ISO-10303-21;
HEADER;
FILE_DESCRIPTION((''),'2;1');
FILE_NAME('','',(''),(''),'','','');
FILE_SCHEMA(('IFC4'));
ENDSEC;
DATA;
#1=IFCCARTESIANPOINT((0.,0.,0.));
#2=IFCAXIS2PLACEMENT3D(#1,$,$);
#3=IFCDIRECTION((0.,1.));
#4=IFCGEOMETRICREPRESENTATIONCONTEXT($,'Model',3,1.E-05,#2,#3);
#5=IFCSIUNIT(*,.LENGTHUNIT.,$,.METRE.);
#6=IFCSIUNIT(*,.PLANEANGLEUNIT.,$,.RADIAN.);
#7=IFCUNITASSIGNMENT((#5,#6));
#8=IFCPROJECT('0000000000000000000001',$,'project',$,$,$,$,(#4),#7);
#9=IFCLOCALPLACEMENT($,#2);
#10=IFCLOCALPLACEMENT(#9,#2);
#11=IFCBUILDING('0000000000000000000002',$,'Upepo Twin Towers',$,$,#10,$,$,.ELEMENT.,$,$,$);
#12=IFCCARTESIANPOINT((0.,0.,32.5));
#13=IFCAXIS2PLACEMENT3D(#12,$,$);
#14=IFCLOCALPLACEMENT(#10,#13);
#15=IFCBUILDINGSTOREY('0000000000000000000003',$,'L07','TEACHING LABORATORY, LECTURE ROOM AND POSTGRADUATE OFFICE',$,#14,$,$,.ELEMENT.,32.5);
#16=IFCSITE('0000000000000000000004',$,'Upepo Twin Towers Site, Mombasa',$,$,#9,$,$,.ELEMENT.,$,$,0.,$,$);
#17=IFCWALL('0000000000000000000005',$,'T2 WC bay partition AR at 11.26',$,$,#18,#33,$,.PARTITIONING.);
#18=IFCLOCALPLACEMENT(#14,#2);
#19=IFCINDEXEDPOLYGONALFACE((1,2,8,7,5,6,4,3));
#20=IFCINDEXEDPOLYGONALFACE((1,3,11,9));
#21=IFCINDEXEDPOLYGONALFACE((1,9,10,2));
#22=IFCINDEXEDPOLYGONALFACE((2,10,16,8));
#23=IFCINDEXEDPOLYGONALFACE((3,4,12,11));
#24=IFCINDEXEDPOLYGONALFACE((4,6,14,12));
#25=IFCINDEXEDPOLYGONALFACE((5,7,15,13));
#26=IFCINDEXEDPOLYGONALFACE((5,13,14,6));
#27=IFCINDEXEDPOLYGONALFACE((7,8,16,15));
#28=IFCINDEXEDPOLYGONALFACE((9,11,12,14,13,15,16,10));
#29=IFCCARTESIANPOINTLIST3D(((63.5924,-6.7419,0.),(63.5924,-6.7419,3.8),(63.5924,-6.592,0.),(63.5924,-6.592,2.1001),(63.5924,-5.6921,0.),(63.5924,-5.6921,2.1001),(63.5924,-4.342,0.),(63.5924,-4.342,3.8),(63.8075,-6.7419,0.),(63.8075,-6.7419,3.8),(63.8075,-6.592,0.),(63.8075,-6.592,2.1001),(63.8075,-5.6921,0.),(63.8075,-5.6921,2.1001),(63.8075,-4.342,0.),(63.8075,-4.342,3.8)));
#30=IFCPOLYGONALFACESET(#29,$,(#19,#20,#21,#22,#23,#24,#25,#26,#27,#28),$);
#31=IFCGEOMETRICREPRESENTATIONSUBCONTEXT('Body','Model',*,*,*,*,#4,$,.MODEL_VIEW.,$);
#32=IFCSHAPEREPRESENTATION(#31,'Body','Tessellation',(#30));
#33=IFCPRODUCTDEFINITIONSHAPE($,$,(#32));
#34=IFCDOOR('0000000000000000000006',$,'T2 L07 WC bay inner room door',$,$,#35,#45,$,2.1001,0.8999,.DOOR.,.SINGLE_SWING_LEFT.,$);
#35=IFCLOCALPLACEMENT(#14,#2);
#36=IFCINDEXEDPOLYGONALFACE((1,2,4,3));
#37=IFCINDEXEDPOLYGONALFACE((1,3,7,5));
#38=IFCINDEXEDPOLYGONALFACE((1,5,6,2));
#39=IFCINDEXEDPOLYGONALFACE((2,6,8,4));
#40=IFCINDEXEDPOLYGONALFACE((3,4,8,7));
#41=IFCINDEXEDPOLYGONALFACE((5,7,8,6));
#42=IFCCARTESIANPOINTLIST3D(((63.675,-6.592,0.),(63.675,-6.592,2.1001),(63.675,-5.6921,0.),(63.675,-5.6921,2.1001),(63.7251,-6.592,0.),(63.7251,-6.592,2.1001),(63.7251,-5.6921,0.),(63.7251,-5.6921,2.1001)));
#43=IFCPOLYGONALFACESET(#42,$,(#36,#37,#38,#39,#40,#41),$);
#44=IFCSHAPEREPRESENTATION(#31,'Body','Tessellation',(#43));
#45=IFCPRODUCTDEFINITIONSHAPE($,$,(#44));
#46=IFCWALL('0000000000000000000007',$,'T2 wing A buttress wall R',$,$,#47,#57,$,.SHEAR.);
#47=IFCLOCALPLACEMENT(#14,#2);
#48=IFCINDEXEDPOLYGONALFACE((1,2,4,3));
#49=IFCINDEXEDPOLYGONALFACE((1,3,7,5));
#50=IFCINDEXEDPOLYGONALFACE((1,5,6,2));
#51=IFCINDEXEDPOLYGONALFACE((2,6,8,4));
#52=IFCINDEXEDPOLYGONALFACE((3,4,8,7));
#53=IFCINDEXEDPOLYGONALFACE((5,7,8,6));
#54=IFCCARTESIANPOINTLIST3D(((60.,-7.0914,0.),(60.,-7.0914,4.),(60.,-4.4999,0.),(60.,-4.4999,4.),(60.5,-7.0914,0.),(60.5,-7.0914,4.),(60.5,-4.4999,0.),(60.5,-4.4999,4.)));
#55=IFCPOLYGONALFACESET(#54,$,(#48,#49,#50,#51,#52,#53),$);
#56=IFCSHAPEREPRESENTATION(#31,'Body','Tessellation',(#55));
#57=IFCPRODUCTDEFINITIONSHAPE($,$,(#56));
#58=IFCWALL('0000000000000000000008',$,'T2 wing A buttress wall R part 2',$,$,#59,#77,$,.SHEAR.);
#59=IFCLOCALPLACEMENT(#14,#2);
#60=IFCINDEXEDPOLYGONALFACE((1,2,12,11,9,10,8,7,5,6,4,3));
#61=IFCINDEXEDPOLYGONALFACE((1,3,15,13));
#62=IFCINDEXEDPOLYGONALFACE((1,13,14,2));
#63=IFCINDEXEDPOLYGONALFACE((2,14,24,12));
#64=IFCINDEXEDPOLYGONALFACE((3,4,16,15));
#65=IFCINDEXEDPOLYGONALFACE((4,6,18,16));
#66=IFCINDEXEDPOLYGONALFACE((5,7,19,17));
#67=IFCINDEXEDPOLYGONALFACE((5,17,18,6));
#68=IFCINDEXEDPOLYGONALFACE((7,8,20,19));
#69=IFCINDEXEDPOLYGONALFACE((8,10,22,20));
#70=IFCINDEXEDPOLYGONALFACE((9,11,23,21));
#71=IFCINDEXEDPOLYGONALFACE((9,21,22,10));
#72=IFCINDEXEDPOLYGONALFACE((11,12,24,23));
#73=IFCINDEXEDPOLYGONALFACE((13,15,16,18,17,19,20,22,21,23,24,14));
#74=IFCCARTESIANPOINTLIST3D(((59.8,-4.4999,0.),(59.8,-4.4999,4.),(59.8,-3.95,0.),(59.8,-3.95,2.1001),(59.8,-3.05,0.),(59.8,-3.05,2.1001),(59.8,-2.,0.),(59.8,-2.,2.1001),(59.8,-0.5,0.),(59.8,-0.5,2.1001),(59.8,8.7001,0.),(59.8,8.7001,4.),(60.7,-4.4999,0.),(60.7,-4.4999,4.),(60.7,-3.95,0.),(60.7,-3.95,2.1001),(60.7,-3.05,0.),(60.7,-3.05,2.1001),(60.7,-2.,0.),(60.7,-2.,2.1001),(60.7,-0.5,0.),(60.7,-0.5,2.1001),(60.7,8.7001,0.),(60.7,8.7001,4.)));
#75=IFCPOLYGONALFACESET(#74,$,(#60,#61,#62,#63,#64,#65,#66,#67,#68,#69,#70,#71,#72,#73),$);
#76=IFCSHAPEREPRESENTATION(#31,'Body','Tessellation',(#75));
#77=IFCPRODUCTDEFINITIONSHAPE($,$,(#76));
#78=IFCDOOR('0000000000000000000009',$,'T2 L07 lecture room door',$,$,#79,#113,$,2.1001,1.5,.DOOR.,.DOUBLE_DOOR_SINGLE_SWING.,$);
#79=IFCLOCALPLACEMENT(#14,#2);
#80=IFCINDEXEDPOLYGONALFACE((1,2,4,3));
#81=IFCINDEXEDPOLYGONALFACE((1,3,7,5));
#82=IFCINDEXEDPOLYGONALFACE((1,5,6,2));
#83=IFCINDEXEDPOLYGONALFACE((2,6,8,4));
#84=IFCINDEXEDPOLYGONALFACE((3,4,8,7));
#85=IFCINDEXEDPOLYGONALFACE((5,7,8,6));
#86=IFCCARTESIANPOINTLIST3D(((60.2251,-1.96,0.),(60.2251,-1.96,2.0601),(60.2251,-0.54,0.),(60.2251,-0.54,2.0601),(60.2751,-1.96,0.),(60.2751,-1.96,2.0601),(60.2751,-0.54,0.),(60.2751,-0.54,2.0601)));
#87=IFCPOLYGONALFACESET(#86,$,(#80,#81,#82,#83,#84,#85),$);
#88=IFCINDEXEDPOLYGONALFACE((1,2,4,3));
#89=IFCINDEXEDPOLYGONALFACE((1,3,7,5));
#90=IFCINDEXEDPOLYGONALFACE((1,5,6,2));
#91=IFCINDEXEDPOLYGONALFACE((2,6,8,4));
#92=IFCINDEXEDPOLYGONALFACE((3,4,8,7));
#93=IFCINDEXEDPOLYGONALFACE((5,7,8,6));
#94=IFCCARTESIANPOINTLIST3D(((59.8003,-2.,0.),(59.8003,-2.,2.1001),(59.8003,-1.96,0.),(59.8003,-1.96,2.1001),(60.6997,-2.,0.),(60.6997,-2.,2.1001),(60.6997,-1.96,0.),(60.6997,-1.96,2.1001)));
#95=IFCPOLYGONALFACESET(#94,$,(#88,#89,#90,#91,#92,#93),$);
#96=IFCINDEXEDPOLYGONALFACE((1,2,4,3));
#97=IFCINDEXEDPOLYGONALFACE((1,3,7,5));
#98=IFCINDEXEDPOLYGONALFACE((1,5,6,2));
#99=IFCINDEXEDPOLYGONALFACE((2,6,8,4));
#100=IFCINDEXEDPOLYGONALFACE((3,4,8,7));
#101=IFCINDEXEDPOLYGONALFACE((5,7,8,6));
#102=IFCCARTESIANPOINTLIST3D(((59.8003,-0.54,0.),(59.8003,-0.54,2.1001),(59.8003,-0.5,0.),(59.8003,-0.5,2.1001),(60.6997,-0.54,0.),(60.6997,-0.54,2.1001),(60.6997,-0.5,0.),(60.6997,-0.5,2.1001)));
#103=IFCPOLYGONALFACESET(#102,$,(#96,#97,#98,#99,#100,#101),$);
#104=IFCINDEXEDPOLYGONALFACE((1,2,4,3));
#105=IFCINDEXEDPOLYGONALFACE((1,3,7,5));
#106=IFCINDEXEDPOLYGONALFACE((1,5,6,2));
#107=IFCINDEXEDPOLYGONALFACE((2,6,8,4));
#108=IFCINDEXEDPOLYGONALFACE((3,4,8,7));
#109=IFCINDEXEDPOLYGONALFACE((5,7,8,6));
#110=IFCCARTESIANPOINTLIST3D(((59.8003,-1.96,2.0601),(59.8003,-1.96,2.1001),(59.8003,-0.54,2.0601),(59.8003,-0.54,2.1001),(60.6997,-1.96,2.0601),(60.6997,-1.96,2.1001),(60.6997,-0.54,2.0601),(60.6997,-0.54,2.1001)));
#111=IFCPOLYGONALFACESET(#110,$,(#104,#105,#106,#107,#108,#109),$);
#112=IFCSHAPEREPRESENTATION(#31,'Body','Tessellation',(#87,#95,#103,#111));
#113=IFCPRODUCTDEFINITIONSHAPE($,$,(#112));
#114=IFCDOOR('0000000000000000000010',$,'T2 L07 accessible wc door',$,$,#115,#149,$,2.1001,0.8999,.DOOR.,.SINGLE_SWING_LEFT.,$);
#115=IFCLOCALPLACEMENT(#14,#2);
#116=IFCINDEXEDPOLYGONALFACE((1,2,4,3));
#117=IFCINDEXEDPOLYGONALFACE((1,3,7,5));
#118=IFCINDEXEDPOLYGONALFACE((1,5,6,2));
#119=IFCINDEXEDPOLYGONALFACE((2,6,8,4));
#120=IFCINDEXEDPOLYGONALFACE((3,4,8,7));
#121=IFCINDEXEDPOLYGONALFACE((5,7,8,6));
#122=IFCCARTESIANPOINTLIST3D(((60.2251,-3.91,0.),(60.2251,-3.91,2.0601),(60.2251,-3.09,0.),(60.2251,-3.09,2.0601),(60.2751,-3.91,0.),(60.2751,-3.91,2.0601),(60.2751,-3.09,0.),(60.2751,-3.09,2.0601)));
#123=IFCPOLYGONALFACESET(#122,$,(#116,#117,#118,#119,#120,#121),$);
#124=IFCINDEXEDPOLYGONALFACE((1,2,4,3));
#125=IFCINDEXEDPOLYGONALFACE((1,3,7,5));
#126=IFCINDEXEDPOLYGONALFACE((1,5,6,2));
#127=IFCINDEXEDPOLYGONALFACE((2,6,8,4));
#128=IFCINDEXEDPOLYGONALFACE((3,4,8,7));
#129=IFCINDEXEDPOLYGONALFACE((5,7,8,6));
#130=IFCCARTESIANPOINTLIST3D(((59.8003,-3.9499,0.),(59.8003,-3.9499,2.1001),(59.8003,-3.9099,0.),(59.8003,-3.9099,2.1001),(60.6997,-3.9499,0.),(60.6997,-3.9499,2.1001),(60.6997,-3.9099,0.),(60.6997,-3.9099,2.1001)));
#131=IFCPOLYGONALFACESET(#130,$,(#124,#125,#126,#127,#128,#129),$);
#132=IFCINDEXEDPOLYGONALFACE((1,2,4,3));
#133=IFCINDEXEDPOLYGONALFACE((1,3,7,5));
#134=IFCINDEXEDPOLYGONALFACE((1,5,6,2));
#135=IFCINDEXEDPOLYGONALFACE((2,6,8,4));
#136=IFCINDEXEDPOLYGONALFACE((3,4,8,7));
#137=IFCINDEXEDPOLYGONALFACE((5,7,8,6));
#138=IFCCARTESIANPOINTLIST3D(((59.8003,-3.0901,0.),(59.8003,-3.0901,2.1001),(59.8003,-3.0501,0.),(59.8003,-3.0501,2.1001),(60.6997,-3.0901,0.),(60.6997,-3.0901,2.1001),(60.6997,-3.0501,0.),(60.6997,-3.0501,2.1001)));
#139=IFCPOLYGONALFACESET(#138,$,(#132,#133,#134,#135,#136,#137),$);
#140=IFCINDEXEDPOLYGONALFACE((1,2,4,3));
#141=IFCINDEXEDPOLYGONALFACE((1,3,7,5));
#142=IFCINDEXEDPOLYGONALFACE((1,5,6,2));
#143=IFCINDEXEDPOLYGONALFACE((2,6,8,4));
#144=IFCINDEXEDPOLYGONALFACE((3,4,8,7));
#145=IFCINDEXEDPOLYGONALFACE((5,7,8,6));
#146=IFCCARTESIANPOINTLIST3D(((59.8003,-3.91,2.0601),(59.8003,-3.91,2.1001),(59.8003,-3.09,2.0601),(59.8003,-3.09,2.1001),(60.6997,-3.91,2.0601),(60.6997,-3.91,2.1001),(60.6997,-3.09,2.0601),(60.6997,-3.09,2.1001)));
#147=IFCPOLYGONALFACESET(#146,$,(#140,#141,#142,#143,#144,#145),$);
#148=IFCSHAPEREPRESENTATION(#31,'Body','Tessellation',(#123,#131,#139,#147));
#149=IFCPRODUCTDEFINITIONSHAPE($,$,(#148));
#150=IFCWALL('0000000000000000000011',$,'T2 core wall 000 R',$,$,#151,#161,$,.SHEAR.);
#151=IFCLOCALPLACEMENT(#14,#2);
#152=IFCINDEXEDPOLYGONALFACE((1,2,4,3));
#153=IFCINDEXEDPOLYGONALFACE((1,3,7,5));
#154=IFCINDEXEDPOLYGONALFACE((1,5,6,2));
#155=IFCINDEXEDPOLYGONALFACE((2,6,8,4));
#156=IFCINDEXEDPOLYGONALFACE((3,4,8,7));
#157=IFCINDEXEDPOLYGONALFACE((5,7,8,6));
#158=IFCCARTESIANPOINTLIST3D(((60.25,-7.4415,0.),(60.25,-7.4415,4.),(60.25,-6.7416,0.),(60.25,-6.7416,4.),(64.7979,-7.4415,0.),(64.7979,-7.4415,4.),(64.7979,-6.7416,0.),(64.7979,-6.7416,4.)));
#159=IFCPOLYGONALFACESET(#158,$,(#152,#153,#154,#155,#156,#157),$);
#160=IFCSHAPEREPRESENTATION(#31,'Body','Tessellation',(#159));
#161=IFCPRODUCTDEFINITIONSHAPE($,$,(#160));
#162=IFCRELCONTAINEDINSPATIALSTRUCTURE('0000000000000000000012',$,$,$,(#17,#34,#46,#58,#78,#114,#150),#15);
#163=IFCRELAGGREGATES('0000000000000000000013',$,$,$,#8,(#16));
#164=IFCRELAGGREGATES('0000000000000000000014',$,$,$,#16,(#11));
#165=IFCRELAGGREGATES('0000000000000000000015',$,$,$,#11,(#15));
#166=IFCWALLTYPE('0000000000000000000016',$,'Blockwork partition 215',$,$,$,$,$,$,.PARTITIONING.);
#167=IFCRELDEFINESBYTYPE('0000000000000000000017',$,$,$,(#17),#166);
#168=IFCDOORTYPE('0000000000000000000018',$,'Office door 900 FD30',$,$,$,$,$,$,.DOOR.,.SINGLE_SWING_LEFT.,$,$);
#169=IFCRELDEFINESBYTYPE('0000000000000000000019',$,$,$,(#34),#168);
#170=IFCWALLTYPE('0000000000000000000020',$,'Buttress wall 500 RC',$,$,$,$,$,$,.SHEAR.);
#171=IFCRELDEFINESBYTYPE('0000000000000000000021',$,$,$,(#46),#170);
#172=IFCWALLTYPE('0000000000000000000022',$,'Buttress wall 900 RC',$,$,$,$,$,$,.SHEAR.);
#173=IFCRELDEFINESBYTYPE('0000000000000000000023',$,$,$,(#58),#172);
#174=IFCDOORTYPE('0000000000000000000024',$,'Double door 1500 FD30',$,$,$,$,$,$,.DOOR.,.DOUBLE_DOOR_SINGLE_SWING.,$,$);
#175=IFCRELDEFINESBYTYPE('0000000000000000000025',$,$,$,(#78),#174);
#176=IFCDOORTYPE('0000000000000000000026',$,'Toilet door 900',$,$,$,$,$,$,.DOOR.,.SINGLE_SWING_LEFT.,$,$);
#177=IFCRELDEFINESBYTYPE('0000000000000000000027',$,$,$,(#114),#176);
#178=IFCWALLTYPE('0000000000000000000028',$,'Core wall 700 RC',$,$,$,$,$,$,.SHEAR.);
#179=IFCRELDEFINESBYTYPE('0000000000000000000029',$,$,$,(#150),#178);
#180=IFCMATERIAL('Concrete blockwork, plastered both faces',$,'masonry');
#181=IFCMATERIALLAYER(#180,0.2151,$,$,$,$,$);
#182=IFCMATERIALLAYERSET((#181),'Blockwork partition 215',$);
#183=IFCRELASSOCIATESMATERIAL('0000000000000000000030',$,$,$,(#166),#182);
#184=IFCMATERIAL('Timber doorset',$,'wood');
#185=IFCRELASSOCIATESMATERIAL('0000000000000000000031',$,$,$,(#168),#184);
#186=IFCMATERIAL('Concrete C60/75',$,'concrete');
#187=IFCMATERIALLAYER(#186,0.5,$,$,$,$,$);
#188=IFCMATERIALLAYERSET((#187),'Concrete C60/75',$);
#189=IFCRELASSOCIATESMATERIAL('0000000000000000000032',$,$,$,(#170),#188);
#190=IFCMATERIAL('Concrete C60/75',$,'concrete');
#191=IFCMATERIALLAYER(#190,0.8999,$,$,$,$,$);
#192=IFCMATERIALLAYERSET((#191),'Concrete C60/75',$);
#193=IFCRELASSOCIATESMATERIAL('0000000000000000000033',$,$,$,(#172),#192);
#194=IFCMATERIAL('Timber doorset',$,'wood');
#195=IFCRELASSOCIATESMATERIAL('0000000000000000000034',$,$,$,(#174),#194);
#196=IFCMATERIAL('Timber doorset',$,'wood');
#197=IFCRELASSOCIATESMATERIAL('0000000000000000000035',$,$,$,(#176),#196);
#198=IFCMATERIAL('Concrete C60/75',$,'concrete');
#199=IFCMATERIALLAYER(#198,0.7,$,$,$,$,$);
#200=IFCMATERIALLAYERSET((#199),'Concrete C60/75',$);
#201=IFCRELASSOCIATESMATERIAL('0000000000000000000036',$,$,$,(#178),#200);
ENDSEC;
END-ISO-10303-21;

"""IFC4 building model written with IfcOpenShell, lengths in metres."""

from ifc_helpers import new_model, si_unit, direction, frame, frame_2d, origin, place, context, subcontext, project, spatial, rectangle, extrude, material, layer, layer_set, type_object, element, fill, save


model = new_model("IFC4")

# Units and contexts
model_context = context("Model", 3, precision=1e-05, world=origin(), true_north=direction((0.0, 1.0)))
body_context = subcontext(model_context, "Body", "Model", "MODEL_VIEW")
ifc_project = project(units=[si_unit("LENGTHUNIT", "METRE"), si_unit("PLANEANGLEUNIT", "RADIAN")], contexts=[model_context])

# Site, building, storey
site_placement = place(None, origin())
site = spatial("IfcSite", under=ifc_project, at=site_placement, Name="Upepo Twin Towers Site, Mombasa", CompositionType="ELEMENT", RefElevation=0.0)
building_placement = place(site_placement, origin())
building = spatial("IfcBuilding", under=site, at=building_placement, Name="Upepo Twin Towers", CompositionType="ELEMENT")
storey_placement = place(building_placement, frame((0.0, 0.0, 32.5)))
storey = spatial("IfcBuildingStorey", under=building, at=storey_placement, Name="L07", Description="TEACHING LABORATORY, LECTURE ROOM AND POSTGRADUATE OFFICE", CompositionType="ELEMENT", Elevation=32.5)

# Wall, opening, door
ifc_material_1 = material(Name="Concrete blockwork, plastered both faces", Category="masonry")
ifc_layer_1 = layer(ifc_material_1, 0.2151)
ifc_layer_set_1 = layer_set([ifc_layer_1], Name="Blockwork partition 215")
wall_type_1 = type_object("IfcWallType", Name="Blockwork partition 215", PredefinedType="PARTITIONING", material=ifc_layer_set_1)
wall_1_placement = place(storey_placement, frame((63.7, -6.7419, 0.0), z_axis=(0.0, 0.0, 1.0), x_axis=(0.0, 1.0, 0.0)))
wall_1 = element("IfcWall", 1, at=wall_1_placement, inside=storey, type_object=wall_type_1, Name="T2 WC bay partition AR at 11.26", PredefinedType="PARTITIONING", context=body_context, shape_type="SweptSolid", body=[
    extrude(rectangle(XDim=2.3999, YDim=0.2151, at=frame_2d((1.2, 0.0))), origin(), (0.0, 0.0, 1.0), 3.8),
])
opening_1_placement = place(wall_1_placement, frame((0.1499, 0.0, 0.0)))
opening_1 = element("IfcOpeningElement", 2, at=opening_1_placement, cuts=wall_1, PredefinedType="OPENING", context=body_context, shape_type="SweptSolid", body=[
    extrude(rectangle(XDim=0.8999, YDim=2.1001, at=frame_2d((0.45, 1.05))), frame((0.0, 0.1174, 0.0), z_axis=(0.0, -1.0, 0.0), x_axis=(1.0, 0.0, 0.0)), (0.0, 0.0, 1.0), 0.2351),
])
ifc_material_2 = material(Name="Timber doorset", Category="wood")
door_type_1 = type_object("IfcDoorType", Name="Office door 900 FD30", OperationType="SINGLE_SWING_LEFT", PredefinedType="DOOR", material=ifc_material_2)
door_1_placement = place(opening_1_placement, origin())
door_1 = element("IfcDoor", 3, at=door_1_placement, inside=storey, type_object=door_type_1, Name="T2 L07 WC bay inner room door", OperationType="SINGLE_SWING_LEFT", OverallHeight=2.1001, OverallWidth=0.8999, PredefinedType="DOOR", context=body_context, shape_type="SweptSolid", body=[
    extrude(rectangle(XDim=0.8999, YDim=2.1001, at=frame_2d((0.45, 1.05))), frame((0.0, 0.0249, 0.0), z_axis=(0.0, -1.0, 0.0), x_axis=(1.0, 0.0, 0.0)), (0.0, 0.0, 1.0), 0.05),
])
fill(opening_1, door_1)

# Wall
ifc_material_3 = material(Name="Concrete C60/75", Category="concrete")
ifc_layer_2 = layer(ifc_material_3, 0.5)
ifc_layer_set_2 = layer_set([ifc_layer_2], Name="Concrete C60/75")
wall_type_2 = type_object("IfcWallType", Name="Buttress wall 500 RC", PredefinedType="SHEAR", material=ifc_layer_set_2)
wall_2_placement = place(storey_placement, frame((60.25, -7.0916, 0.0), z_axis=(0.0, 0.0, 1.0), x_axis=(0.0, 1.0, 0.0)))
element("IfcWall", 4, at=wall_2_placement, inside=storey, type_object=wall_type_2, Name="T2 wing A buttress wall R", PredefinedType="SHEAR", context=body_context, shape_type="SweptSolid", body=[
    extrude(rectangle(XDim=2.5916, YDim=0.5, at=frame_2d((1.2959, 0.0))), origin(), (0.0, 0.0, 1.0), 4.0),
])

# Wall, openings, doors
ifc_material_4 = material(Name="Concrete C60/75", Category="concrete")
ifc_layer_3 = layer(ifc_material_4, 0.8999)
ifc_layer_set_3 = layer_set([ifc_layer_3], Name="Concrete C60/75")
wall_type_3 = type_object("IfcWallType", Name="Buttress wall 900 RC", PredefinedType="SHEAR", material=ifc_layer_set_3)
wall_3_placement = place(storey_placement, frame((60.25, -4.5, 0.0), z_axis=(0.0, 0.0, 1.0), x_axis=(0.0, 1.0, 0.0)))
wall_3 = element("IfcWall", 5, at=wall_3_placement, inside=storey, type_object=wall_type_3, Name="T2 wing A buttress wall R part 2", PredefinedType="SHEAR", context=body_context, shape_type="SweptSolid", body=[
    extrude(rectangle(XDim=13.2, YDim=0.8999, at=frame_2d((6.6001, 0.0))), origin(), (0.0, 0.0, 1.0), 4.0),
])
opening_2_placement = place(wall_3_placement, frame((0.55, 0.0, 0.0)))
opening_2 = element("IfcOpeningElement", 6, at=opening_2_placement, cuts=wall_3, PredefinedType="OPENING", context=body_context, shape_type="SweptSolid", body=[
    extrude(rectangle(XDim=0.8999, YDim=2.1001, at=frame_2d((0.45, 1.05))), frame((0.0, 0.46, 0.0), z_axis=(0.0, -1.0, 0.0), x_axis=(1.0, 0.0, 0.0)), (0.0, 0.0, 1.0), 0.9199),
])
opening_3_placement = place(wall_3_placement, frame((2.5, 0.0, 0.0)))
opening_3 = element("IfcOpeningElement", 7, at=opening_3_placement, cuts=wall_3, PredefinedType="OPENING", context=body_context, shape_type="SweptSolid", body=[
    extrude(rectangle(XDim=1.5, YDim=2.1001, at=frame_2d((0.75, 1.05))), frame((0.0, 0.46, 0.0), z_axis=(0.0, -1.0, 0.0), x_axis=(1.0, 0.0, 0.0)), (0.0, 0.0, 1.0), 0.9199),
])
ifc_material_5 = material(Name="Timber doorset", Category="wood")
door_type_2 = type_object("IfcDoorType", Name="Double door 1500 FD30", OperationType="DOUBLE_DOOR_SINGLE_SWING", PredefinedType="DOOR", material=ifc_material_5)
door_2_placement = place(opening_3_placement, origin())
door_2 = element("IfcDoor", 8, at=door_2_placement, inside=storey, type_object=door_type_2, Name="T2 L07 lecture room door", OperationType="DOUBLE_DOOR_SINGLE_SWING", OverallHeight=2.1001, OverallWidth=1.5, PredefinedType="DOOR", context=body_context, shape_type="SweptSolid", body=[
    extrude(rectangle(XDim=1.42, YDim=2.0601, at=frame_2d((0.75, 1.03))), frame((0.0, 0.0249, 0.0), z_axis=(0.0, -1.0, 0.0), x_axis=(1.0, 0.0, 0.0)), (0.0, 0.0, 1.0), 0.05),
    extrude(rectangle(XDim=0.04, YDim=2.1001, at=frame_2d((0.02, 1.05))), frame((0.0, 0.4497, 0.0), z_axis=(0.0, -1.0, 0.0), x_axis=(1.0, 0.0, 0.0)), (0.0, 0.0, 1.0), 0.8994),
    extrude(rectangle(XDim=0.04, YDim=2.1001, at=frame_2d((1.48, 1.05))), frame((0.0, 0.4497, 0.0), z_axis=(0.0, -1.0, 0.0), x_axis=(1.0, 0.0, 0.0)), (0.0, 0.0, 1.0), 0.8994),
    extrude(rectangle(XDim=1.42, YDim=0.04, at=frame_2d((0.75, 2.0801))), frame((0.0, 0.4497, 0.0), z_axis=(0.0, -1.0, 0.0), x_axis=(1.0, 0.0, 0.0)), (0.0, 0.0, 1.0), 0.8994),
])
fill(opening_3, door_2)
ifc_material_6 = material(Name="Timber doorset", Category="wood")
door_type_3 = type_object("IfcDoorType", Name="Toilet door 900", OperationType="SINGLE_SWING_LEFT", PredefinedType="DOOR", material=ifc_material_6)
door_3_placement = place(opening_2_placement, origin())
door_3 = element("IfcDoor", 9, at=door_3_placement, inside=storey, type_object=door_type_3, Name="T2 L07 accessible wc door", OperationType="SINGLE_SWING_LEFT", OverallHeight=2.1001, OverallWidth=0.8999, PredefinedType="DOOR", context=body_context, shape_type="SweptSolid", body=[
    extrude(rectangle(XDim=0.8199, YDim=2.0601, at=frame_2d((0.45, 1.03))), frame((0.0, 0.0249, 0.0), z_axis=(0.0, -1.0, 0.0), x_axis=(1.0, 0.0, 0.0)), (0.0, 0.0, 1.0), 0.05),
    extrude(rectangle(XDim=0.04, YDim=2.1001, at=frame_2d((0.02, 1.05))), frame((0.0, 0.4497, 0.0), z_axis=(0.0, -1.0, 0.0), x_axis=(1.0, 0.0, 0.0)), (0.0, 0.0, 1.0), 0.8994),
    extrude(rectangle(XDim=0.04, YDim=2.1001, at=frame_2d((0.8799, 1.05))), frame((0.0, 0.4497, 0.0), z_axis=(0.0, -1.0, 0.0), x_axis=(1.0, 0.0, 0.0)), (0.0, 0.0, 1.0), 0.8994),
    extrude(rectangle(XDim=0.8199, YDim=0.04, at=frame_2d((0.45, 2.0801))), frame((0.0, 0.4497, 0.0), z_axis=(0.0, -1.0, 0.0), x_axis=(1.0, 0.0, 0.0)), (0.0, 0.0, 1.0), 0.8994),
])
fill(opening_2, door_3)

# Wall
ifc_material_7 = material(Name="Concrete C60/75", Category="concrete")
ifc_layer_4 = layer(ifc_material_7, 0.7)
ifc_layer_set_4 = layer_set([ifc_layer_4], Name="Concrete C60/75")
wall_type_4 = type_object("IfcWallType", Name="Core wall 700 RC", PredefinedType="SHEAR", material=ifc_layer_set_4)
wall_4_placement = place(storey_placement, frame((64.7979, -7.0916, 0.0), z_axis=(0.0, 0.0, 1.0), x_axis=(-1.0, 0.0, 0.0)))
element("IfcWall", 10, at=wall_4_placement, inside=storey, type_object=wall_type_4, Name="T2 core wall 000 R", PredefinedType="SHEAR", context=body_context, shape_type="SweptSolid", body=[
    extrude(rectangle(XDim=4.5479, YDim=0.7, at=frame_2d((2.2739, 0.0))), origin(), (0.0, 0.0, 1.0), 4.0),
])

save(model, "model.ifc")
